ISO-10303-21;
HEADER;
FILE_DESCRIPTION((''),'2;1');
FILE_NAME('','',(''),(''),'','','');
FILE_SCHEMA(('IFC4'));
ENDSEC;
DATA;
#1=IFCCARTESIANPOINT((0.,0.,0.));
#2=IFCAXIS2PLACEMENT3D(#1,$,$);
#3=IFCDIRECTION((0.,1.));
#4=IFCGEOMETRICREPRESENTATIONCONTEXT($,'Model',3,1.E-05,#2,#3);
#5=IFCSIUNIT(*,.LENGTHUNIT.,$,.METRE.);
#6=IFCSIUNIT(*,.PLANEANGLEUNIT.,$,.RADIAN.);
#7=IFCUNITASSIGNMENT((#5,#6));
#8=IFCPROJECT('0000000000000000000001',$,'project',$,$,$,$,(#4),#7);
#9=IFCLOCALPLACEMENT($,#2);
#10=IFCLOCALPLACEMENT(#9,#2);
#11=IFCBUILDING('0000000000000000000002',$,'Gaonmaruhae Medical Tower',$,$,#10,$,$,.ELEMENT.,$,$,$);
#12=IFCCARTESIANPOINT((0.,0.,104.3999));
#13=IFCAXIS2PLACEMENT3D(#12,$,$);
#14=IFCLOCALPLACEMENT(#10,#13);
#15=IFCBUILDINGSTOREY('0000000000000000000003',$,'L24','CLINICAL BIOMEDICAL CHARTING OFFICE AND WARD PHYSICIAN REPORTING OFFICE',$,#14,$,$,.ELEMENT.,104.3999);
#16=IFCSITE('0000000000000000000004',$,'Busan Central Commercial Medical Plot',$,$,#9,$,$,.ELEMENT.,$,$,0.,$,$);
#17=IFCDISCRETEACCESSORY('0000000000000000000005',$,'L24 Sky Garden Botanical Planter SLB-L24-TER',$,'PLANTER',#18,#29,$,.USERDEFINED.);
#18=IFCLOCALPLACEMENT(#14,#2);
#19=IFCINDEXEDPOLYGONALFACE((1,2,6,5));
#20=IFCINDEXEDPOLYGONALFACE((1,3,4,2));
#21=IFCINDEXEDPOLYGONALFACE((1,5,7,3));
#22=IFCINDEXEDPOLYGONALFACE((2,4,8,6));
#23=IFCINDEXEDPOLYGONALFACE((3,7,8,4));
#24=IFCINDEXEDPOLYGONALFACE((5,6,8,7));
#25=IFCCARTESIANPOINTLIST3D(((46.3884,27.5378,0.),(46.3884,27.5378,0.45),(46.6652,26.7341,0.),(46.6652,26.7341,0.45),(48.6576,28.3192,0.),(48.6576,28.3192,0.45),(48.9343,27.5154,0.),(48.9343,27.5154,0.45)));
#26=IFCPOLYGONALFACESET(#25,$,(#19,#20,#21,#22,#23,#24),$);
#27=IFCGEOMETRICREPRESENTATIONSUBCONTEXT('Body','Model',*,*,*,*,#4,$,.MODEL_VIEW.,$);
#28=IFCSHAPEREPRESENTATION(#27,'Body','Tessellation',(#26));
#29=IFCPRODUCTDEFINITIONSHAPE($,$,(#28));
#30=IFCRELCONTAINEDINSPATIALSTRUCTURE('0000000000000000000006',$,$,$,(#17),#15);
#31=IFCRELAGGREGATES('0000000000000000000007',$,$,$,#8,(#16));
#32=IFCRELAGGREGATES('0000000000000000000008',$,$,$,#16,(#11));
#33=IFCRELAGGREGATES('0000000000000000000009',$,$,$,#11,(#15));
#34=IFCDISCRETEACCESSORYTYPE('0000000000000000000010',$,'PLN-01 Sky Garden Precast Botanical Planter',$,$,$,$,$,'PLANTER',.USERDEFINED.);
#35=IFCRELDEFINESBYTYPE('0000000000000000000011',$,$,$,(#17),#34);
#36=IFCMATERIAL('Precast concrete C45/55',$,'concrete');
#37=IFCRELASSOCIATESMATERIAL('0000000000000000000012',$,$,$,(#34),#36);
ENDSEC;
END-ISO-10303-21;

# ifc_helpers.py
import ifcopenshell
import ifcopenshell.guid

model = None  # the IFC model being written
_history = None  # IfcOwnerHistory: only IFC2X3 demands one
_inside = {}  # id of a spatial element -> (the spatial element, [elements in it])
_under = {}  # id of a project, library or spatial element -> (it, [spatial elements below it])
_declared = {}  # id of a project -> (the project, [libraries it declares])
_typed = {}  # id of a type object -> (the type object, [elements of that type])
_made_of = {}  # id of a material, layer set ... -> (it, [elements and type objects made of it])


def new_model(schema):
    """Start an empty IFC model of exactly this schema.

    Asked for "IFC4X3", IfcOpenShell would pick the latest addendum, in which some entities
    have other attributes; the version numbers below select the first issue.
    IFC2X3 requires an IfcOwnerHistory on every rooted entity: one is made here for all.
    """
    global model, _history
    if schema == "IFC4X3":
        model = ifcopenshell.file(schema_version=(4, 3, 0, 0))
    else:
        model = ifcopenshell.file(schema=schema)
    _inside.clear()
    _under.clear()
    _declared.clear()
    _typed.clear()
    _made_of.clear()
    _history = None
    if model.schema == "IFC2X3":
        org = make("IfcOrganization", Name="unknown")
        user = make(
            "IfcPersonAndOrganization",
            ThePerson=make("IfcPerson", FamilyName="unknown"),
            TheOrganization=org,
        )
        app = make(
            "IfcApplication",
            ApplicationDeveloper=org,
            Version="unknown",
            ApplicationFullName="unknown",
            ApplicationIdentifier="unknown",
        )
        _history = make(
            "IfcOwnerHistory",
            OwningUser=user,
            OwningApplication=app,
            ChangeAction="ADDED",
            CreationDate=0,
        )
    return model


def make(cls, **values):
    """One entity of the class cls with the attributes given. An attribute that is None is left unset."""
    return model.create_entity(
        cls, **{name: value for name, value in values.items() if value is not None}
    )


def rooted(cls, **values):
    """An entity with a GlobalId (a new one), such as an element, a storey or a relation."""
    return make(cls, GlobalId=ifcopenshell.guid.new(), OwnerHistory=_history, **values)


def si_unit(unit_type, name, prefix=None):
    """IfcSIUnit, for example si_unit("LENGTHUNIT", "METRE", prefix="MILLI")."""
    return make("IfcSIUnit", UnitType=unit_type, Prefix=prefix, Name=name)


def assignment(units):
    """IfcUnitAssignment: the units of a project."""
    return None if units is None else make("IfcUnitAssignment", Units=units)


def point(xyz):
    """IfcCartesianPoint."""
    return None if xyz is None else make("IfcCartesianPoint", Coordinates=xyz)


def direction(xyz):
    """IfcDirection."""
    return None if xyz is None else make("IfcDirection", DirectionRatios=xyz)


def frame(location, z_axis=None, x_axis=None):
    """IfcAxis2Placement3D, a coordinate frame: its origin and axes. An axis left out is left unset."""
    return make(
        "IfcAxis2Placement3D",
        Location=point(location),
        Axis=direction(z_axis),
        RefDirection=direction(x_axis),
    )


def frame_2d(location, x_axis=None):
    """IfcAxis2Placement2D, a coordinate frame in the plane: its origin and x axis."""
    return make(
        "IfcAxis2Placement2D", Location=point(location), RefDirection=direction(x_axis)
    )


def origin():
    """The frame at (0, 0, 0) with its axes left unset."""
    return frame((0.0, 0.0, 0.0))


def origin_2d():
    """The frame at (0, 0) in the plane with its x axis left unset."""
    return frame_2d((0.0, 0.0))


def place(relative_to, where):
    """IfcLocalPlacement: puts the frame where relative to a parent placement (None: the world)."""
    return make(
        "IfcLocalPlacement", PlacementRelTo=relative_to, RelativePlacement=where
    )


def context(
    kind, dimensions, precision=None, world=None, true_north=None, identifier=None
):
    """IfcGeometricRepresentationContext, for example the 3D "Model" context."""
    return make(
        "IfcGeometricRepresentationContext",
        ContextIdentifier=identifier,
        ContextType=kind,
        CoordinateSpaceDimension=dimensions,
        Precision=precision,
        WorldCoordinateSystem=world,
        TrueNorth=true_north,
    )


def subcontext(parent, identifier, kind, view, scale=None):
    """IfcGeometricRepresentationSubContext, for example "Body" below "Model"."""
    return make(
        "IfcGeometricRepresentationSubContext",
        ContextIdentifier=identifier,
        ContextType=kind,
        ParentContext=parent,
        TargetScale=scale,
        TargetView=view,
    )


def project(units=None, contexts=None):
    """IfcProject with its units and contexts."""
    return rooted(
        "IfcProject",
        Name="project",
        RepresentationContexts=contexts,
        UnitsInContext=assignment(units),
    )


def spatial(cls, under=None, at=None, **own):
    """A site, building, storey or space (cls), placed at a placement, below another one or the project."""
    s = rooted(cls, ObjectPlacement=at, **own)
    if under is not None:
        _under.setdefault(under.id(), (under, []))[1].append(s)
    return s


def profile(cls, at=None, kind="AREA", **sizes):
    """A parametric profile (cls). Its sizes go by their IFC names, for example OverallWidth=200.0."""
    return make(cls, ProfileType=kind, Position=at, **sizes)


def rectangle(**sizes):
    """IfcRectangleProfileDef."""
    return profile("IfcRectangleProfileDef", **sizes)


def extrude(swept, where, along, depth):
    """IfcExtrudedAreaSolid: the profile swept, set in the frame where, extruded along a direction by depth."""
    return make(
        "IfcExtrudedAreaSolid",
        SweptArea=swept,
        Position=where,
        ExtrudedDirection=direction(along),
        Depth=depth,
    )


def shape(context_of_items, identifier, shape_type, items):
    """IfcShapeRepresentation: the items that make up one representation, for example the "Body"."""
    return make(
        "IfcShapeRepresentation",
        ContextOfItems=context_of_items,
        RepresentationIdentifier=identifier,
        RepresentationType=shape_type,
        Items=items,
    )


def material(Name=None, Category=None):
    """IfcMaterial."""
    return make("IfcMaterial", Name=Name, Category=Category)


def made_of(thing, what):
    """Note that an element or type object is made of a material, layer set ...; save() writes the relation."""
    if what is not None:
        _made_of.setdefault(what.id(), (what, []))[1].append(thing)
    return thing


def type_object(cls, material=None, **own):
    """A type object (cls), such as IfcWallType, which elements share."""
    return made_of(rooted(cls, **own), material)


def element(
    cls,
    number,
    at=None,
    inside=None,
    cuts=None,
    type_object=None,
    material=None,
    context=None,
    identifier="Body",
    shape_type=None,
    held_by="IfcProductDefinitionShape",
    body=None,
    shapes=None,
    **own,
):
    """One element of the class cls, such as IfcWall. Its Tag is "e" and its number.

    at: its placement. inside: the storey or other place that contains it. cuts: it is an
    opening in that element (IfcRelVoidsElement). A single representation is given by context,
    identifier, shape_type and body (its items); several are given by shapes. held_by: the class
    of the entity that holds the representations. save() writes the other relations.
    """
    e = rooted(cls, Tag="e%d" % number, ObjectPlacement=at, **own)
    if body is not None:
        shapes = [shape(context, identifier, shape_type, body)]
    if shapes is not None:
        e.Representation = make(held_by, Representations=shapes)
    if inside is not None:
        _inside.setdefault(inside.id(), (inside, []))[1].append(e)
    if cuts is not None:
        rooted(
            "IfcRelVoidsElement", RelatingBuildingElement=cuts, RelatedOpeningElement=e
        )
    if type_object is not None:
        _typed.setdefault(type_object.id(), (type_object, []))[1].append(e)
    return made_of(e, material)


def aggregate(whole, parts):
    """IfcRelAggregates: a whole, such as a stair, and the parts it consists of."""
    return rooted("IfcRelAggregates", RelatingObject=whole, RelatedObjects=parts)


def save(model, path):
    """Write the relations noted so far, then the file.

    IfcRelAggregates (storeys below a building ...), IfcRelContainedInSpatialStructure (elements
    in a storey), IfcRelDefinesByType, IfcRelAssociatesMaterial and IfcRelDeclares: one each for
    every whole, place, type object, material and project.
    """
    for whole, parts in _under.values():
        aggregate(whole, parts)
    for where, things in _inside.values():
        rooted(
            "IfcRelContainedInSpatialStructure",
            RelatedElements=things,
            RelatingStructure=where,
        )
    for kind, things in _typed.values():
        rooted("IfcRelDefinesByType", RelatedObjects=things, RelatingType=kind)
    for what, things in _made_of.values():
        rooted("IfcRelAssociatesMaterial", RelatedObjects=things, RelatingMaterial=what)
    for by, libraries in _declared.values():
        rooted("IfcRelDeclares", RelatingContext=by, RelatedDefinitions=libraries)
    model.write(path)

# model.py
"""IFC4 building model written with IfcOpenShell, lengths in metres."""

from ifc_helpers import new_model, si_unit, direction, frame, origin, origin_2d, place, context, subcontext, project, spatial, rectangle, extrude, material, type_object, element, save


model = new_model("IFC4")

# Units and contexts
model_context = context("Model", 3, precision=1e-05, world=origin(), true_north=direction((0.0, 1.0)))
body_context = subcontext(model_context, "Body", "Model", "MODEL_VIEW")
ifc_project = project(units=[si_unit("LENGTHUNIT", "METRE"), si_unit("PLANEANGLEUNIT", "RADIAN")], contexts=[model_context])

# Site, building, storey
site_placement = place(None, origin())
site = spatial("IfcSite", under=ifc_project, at=site_placement, Name="Busan Central Commercial Medical Plot", CompositionType="ELEMENT", RefElevation=0.0)
building_placement = place(site_placement, origin())
building = spatial("IfcBuilding", under=site, at=building_placement, Name="Gaonmaruhae Medical Tower", CompositionType="ELEMENT")
storey_placement = place(building_placement, frame((0.0, 0.0, 104.3999)))
storey = spatial("IfcBuildingStorey", under=building, at=storey_placement, Name="L24", Description="CLINICAL BIOMEDICAL CHARTING OFFICE AND WARD PHYSICIAN REPORTING OFFICE", CompositionType="ELEMENT", Elevation=104.3999)

# Shared definitions
ifc_material_1 = material(Name="Precast concrete C45/55", Category="concrete")

# Discrete accessory
discrete_accessory_type = type_object("IfcDiscreteAccessoryType", Name="PLN-01 Sky Garden Precast Botanical Planter", ElementType="PLANTER", PredefinedType="USERDEFINED", material=ifc_material_1)
discrete_accessory_placement = place(storey_placement, frame((47.6614, 27.5266, 0.0), z_axis=(0.0, 0.0, 1.0), x_axis=(0.945519, 0.325568, 0.0)))
element("IfcDiscreteAccessory", 1, at=discrete_accessory_placement, inside=storey, type_object=discrete_accessory_type, Name="L24 Sky Garden Botanical Planter SLB-L24-TER", ObjectType="PLANTER", PredefinedType="USERDEFINED", context=body_context, shape_type="SweptSolid", body=[
    extrude(rectangle(XDim=2.3999, YDim=0.8501, at=origin_2d()), origin(), (0.0, 0.0, 1.0), 0.45),
])

save(model, "model.ifc")
